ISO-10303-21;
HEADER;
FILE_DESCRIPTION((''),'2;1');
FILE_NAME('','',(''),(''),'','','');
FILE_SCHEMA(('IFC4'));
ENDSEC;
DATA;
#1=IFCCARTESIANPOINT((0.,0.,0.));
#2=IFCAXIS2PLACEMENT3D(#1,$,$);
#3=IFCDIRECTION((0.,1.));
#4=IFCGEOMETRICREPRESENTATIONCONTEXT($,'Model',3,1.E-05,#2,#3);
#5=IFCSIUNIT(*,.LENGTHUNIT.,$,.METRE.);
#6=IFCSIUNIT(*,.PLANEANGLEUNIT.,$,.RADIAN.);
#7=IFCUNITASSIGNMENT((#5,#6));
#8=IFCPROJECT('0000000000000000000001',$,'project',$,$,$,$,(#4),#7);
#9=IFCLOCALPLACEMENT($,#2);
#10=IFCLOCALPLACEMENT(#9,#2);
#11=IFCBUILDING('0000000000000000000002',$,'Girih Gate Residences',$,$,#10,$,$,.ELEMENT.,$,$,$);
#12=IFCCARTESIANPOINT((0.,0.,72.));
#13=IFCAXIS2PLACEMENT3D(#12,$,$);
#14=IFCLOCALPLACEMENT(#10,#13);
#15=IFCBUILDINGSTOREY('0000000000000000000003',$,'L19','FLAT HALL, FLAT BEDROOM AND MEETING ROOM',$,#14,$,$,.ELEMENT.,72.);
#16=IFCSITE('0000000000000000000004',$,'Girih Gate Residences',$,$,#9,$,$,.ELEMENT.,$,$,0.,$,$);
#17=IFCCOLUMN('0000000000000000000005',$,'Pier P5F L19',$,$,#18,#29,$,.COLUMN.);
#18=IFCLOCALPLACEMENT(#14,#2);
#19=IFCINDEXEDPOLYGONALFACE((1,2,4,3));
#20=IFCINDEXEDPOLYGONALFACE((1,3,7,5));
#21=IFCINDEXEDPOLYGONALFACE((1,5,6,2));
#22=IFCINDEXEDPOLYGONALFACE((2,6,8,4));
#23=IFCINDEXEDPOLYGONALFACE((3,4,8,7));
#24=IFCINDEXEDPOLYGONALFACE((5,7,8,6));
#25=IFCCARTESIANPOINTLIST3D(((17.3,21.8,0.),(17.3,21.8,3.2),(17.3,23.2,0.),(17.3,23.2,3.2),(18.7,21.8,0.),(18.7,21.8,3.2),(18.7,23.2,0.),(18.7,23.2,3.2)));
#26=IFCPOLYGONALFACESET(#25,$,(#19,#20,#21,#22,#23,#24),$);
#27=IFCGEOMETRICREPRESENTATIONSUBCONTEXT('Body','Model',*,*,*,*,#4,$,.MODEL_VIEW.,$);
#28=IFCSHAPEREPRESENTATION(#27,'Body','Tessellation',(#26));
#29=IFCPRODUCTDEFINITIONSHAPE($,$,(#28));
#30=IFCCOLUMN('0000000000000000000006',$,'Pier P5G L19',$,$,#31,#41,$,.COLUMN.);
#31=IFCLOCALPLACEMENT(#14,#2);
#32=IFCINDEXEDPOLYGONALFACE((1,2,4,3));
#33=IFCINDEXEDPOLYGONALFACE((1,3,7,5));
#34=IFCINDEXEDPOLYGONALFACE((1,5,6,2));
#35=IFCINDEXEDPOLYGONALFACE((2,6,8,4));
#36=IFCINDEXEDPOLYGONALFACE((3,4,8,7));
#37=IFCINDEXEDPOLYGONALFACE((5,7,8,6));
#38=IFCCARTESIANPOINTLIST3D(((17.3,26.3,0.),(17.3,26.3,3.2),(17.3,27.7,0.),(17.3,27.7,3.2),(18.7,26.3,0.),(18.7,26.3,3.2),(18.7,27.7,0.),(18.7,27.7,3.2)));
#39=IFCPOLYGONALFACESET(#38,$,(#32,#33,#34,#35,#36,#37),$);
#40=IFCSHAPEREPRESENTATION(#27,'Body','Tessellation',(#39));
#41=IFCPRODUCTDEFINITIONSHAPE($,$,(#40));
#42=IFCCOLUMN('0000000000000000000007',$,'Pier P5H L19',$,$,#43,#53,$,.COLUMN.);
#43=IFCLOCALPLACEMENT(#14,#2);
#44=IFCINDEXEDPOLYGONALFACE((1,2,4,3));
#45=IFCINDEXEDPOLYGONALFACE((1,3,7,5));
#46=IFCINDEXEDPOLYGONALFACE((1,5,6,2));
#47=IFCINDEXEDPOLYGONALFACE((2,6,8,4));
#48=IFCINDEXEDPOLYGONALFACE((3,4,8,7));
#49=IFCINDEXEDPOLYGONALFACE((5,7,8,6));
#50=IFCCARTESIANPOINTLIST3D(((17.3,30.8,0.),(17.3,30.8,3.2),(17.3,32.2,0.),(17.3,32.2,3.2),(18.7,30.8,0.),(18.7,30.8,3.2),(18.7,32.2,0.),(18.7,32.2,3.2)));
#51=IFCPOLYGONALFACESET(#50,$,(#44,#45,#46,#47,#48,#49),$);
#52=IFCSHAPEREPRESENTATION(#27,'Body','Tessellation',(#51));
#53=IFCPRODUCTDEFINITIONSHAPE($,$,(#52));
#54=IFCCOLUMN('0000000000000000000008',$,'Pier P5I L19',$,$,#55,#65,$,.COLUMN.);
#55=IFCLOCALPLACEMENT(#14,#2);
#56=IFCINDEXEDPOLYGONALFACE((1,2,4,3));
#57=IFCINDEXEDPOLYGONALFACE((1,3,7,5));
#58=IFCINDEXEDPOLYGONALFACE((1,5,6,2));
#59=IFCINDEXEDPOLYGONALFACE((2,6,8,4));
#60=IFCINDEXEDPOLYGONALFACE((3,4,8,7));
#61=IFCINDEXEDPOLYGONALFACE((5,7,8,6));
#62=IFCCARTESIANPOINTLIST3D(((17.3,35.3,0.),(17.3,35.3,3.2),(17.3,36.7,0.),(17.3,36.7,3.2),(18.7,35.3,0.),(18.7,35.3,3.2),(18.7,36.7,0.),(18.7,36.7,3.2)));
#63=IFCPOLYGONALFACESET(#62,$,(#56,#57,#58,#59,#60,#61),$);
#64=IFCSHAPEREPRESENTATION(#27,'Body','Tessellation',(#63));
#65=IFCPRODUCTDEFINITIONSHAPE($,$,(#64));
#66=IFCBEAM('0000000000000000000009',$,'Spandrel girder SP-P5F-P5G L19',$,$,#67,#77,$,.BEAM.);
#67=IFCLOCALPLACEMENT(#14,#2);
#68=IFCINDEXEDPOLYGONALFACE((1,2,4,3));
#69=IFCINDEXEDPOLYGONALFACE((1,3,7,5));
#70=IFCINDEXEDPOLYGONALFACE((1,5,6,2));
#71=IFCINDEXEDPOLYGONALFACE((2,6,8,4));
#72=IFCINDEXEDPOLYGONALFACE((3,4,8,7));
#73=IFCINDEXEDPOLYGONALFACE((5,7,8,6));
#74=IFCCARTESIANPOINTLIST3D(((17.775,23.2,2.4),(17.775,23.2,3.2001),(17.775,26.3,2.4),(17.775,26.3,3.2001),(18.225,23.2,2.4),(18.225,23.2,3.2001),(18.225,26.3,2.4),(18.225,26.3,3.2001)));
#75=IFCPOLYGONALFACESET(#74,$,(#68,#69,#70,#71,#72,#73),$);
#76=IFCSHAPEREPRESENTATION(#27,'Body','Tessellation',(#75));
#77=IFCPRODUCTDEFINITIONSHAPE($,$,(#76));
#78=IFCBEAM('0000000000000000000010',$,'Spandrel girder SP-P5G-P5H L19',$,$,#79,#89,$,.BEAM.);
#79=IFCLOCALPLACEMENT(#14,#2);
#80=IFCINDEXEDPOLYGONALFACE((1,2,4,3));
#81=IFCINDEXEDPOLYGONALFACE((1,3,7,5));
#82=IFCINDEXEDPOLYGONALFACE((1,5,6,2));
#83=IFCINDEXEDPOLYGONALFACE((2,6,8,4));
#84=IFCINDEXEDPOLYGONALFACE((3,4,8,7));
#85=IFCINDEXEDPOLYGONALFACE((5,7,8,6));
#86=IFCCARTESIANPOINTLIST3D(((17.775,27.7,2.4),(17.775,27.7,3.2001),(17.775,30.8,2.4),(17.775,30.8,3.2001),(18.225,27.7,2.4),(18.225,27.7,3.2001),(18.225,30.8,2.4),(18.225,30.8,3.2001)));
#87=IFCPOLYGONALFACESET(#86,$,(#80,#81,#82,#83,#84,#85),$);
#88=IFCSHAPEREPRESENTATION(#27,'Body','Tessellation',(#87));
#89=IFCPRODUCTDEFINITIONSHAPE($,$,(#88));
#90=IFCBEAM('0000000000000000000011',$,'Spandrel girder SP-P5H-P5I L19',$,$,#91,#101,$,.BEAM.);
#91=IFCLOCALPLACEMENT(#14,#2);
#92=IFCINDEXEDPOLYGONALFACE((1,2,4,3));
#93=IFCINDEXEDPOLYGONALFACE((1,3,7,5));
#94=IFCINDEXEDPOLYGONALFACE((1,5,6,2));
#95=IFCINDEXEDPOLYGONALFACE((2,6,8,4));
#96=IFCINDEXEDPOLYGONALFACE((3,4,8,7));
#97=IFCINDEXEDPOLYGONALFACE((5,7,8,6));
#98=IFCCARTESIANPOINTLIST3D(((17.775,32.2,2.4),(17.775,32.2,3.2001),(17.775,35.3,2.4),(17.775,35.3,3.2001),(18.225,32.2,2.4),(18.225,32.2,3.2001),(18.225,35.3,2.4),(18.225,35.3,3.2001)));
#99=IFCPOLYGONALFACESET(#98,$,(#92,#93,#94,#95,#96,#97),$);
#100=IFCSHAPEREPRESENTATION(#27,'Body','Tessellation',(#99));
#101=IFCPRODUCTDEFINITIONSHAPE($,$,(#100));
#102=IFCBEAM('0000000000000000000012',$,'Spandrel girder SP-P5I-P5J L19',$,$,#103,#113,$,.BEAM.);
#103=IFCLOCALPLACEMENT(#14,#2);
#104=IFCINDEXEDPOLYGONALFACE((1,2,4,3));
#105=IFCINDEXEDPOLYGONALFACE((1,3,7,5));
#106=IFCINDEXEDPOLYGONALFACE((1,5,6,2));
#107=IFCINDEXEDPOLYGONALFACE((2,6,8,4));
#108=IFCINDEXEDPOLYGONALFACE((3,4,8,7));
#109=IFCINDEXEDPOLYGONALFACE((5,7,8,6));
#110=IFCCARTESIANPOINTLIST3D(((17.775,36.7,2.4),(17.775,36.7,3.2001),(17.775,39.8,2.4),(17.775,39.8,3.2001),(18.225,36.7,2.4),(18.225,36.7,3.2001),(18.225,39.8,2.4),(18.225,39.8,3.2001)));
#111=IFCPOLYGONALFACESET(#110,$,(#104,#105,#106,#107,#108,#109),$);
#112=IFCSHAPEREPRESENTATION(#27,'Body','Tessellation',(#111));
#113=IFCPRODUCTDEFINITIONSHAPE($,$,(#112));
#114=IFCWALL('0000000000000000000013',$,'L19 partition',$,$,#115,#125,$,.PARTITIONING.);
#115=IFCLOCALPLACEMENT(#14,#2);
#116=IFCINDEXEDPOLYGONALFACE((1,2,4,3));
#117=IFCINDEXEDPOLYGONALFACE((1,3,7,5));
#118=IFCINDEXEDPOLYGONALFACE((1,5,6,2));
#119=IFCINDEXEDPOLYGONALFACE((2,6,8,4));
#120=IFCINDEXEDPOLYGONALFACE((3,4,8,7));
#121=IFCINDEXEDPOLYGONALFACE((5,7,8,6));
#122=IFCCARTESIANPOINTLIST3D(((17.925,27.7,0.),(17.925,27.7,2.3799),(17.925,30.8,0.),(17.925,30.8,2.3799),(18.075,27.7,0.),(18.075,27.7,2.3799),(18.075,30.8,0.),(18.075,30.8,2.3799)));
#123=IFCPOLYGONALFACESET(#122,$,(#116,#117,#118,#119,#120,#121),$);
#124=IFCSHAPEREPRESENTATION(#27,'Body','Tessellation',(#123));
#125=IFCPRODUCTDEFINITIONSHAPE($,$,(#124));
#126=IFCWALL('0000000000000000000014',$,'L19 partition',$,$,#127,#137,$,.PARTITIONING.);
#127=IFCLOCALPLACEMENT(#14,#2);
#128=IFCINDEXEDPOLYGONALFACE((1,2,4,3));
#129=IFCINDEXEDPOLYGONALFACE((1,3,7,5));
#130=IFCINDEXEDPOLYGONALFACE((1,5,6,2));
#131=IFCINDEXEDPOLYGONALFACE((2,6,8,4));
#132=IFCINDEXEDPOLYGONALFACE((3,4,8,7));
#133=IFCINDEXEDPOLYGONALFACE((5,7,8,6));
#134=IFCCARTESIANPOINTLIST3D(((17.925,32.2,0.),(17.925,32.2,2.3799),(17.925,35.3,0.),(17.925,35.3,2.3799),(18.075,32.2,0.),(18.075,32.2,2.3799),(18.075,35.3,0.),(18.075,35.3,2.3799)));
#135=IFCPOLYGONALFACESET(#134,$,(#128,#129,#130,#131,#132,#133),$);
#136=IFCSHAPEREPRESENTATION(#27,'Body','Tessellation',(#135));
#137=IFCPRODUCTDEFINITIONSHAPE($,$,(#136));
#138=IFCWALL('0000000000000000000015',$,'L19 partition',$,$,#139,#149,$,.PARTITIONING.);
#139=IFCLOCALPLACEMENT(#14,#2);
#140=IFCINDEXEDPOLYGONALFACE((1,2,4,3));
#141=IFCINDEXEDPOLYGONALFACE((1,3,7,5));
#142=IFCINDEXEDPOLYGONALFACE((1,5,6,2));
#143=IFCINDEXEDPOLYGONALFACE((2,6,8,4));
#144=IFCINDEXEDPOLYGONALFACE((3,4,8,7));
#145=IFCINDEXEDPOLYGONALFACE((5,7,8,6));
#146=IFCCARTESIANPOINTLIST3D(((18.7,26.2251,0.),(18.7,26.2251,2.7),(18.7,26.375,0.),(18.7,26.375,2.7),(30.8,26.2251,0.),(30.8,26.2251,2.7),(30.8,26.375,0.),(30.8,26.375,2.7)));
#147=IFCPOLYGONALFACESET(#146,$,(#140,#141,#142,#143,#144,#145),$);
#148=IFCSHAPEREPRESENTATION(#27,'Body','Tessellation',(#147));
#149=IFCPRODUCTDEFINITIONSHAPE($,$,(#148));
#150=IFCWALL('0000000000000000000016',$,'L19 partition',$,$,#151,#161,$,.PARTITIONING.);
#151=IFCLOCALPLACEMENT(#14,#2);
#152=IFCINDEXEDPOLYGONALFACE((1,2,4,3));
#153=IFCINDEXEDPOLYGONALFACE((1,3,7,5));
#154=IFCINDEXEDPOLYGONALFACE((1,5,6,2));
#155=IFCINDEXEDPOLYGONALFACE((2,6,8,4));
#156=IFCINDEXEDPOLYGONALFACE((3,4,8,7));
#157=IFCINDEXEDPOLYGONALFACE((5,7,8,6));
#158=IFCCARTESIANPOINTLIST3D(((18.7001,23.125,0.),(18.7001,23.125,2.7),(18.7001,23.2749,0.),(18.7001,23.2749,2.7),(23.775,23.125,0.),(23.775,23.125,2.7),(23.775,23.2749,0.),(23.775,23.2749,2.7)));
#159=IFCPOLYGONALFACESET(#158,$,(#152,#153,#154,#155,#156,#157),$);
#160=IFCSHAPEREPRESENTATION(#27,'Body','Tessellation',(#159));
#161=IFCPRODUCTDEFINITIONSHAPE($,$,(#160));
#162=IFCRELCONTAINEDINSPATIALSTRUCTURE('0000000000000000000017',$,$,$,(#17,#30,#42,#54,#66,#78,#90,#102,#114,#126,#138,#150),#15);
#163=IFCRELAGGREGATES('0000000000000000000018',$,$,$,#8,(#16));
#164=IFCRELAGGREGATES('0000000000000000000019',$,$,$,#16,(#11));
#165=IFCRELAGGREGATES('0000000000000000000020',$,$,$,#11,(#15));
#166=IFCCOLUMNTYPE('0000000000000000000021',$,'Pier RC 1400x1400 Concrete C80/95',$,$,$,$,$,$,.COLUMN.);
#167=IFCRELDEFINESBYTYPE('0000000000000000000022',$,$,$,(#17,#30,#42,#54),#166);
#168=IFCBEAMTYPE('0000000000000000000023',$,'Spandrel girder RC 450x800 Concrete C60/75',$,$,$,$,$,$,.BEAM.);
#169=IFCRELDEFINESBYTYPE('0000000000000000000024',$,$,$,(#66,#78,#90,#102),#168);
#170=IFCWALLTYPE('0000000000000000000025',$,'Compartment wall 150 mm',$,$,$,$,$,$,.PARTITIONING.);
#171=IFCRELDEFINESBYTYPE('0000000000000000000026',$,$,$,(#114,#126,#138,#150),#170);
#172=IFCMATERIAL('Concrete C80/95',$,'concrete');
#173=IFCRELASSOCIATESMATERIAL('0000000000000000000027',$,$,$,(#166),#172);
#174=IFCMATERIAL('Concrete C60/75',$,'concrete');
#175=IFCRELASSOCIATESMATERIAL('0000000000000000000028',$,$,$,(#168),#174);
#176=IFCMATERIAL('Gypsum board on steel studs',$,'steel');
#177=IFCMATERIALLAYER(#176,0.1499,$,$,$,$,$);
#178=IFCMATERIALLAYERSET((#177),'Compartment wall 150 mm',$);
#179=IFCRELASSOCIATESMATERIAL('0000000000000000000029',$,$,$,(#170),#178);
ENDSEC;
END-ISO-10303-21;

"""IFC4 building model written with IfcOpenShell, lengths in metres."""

from ifc_helpers import new_model, si_unit, direction, frame, frame_2d, origin, origin_2d, place, context, subcontext, project, spatial, rectangle, extrude, material, layer, layer_set, material_profile, profile_set, type_object, element, save


model = new_model("IFC4")

# Units and contexts
model_context = context("Model", 3, precision=1e-05, world=origin(), true_north=direction((0.0, 1.0)))
body_context = subcontext(model_context, "Body", "Model", "MODEL_VIEW")
ifc_project = project(units=[si_unit("LENGTHUNIT", "METRE"), si_unit("PLANEANGLEUNIT", "RADIAN")], contexts=[model_context])

# Site, building, storey
site_placement = place(None, origin())
site = spatial("IfcSite", under=ifc_project, at=site_placement, Name="Girih Gate Residences", CompositionType="ELEMENT", RefElevation=0.0)
building_placement = place(site_placement, origin())
building = spatial("IfcBuilding", under=site, at=building_placement, Name="Girih Gate Residences", CompositionType="ELEMENT")
storey_placement = place(building_placement, frame((0.0, 0.0, 72.0)))
storey = spatial("IfcBuildingStorey", under=building, at=storey_placement, Name="L19", Description="FLAT HALL, FLAT BEDROOM AND MEETING ROOM", CompositionType="ELEMENT", Elevation=72.0)

# Columns
ifc_material_1 = material(Name="Concrete C80/95", Category="concrete")
ifc_material_profile_1 = material_profile(ifc_material_1, rectangle(XDim=1.3999, YDim=1.3999, at=origin_2d()))
ifc_profile_set_1 = profile_set([ifc_material_profile_1], Name="Concrete C80/95")
column_type = type_object("IfcColumnType", Name="Pier RC 1400x1400 Concrete C80/95", PredefinedType="COLUMN", material=ifc_profile_set_1)
for number, where, z_axis, x_axis, name in (
    (1, (18.0, 22.5, 0.0), (0.0, 0.0, 1.0), (1.0, 0.0, 0.0), "Pier P5F L19"),
    (2, (18.0, 27.0, 0.0), (0.0, 0.0, 1.0), (1.0, 0.0, 0.0), "Pier P5G L19"),
    (3, (18.0, 31.5, 0.0), (0.0, 0.0, 1.0), (1.0, 0.0, 0.0), "Pier P5H L19"),
    (4, (18.0, 36.0, 0.0), (0.0, 0.0, 1.0), (1.0, 0.0, 0.0), "Pier P5I L19"),
):
    element("IfcColumn", number, at=place(storey_placement, frame(where, z_axis=z_axis, x_axis=x_axis)), inside=storey, type_object=column_type, Name=name, PredefinedType="COLUMN", context=body_context, shape_type="SweptSolid", body=[
        extrude(rectangle(XDim=1.3999, YDim=1.3999, at=origin_2d()), origin(), (0.0, 0.0, 1.0), 3.2),
    ])

# Beams
ifc_material_2 = material(Name="Concrete C60/75", Category="concrete")
ifc_material_profile_2 = material_profile(ifc_material_2, rectangle(XDim=0.45, YDim=0.8, at=origin_2d()))
ifc_profile_set_2 = profile_set([ifc_material_profile_2], Name="Concrete C60/75")
beam_type = type_object("IfcBeamType", Name="Spandrel girder RC 450x800 Concrete C60/75", PredefinedType="BEAM", material=ifc_profile_set_2)
for number, where, z_axis, x_axis, name in (
    (5, (18.0, 23.2, 2.8), (0.0, 1.0, 0.0), (-1.0, 0.0, 0.0), "Spandrel girder SP-P5F-P5G L19"),
    (6, (18.0, 27.7, 2.8), (0.0, 1.0, 0.0), (-1.0, 0.0, 0.0), "Spandrel girder SP-P5G-P5H L19"),
    (7, (18.0, 32.2, 2.8), (0.0, 1.0, 0.0), (-1.0, 0.0, 0.0), "Spandrel girder SP-P5H-P5I L19"),
    (8, (18.0, 36.7, 2.8), (0.0, 1.0, 0.0), (-1.0, 0.0, 0.0), "Spandrel girder SP-P5I-P5J L19"),
):
    element("IfcBeam", number, at=place(storey_placement, frame(where, z_axis=z_axis, x_axis=x_axis)), inside=storey, type_object=beam_type, Name=name, PredefinedType="BEAM", context=body_context, shape_type="SweptSolid", body=[
        extrude(rectangle(XDim=0.45, YDim=0.8, at=origin_2d()), origin(), (0.0, 0.0, 1.0), 3.1001),
    ])

# Walls
ifc_material_3 = material(Name="Gypsum board on steel studs", Category="steel")
ifc_layer_1 = layer(ifc_material_3, 0.1499)
ifc_layer_set_1 = layer_set([ifc_layer_1], Name="Compartment wall 150 mm")
wall_type_1 = type_object("IfcWallType", Name="Compartment wall 150 mm", PredefinedType="PARTITIONING", material=ifc_layer_set_1)
for number, where, z_axis, x_axis, name in (
    (9, (18.0, 27.7, 0.0), (0.0, 0.0, 1.0), (0.0, 1.0, 0.0), "L19 partition"),
    (10, (18.0, 32.2, 0.0), (0.0, 0.0, 1.0), (0.0, 1.0, 0.0), "L19 partition"),
):
    element("IfcWall", number, at=place(storey_placement, frame(where, z_axis=z_axis, x_axis=x_axis)), inside=storey, type_object=wall_type_1, Name=name, PredefinedType="PARTITIONING", context=body_context, shape_type="SweptSolid", body=[
        extrude(rectangle(XDim=3.1001, YDim=0.1499, at=frame_2d((1.55, 0.0))), origin(), (0.0, 0.0, 1.0), 2.3799),
    ])
wall_1_placement = place(storey_placement, frame((18.7, 26.3, 0.0), z_axis=(0.0, 0.0, 1.0), x_axis=(1.0, 0.0, 0.0)))
element("IfcWall", 11, at=wall_1_placement, inside=storey, type_object=wall_type_1, Name="L19 partition", PredefinedType="PARTITIONING", context=body_context, shape_type="SweptSolid", body=[
    extrude(rectangle(XDim=12.1001, YDim=0.1499, at=frame_2d((6.05, 0.0))), origin(), (0.0, 0.0, 1.0), 2.7),
])
wall_2_placement = place(storey_placement, frame((18.7, 23.2, 0.0), z_axis=(0.0, 0.0, 1.0), x_axis=(1.0, 0.0, 0.0)))
element("IfcWall", 12, at=wall_2_placement, inside=storey, type_object=wall_type_1, Name="L19 partition", PredefinedType="PARTITIONING", context=body_context, shape_type="SweptSolid", body=[
    extrude(rectangle(XDim=5.075, YDim=0.1499, at=frame_2d((2.5376, 0.0))), origin(), (0.0, 0.0, 1.0), 2.7),
])

save(model, "model.ifc")
